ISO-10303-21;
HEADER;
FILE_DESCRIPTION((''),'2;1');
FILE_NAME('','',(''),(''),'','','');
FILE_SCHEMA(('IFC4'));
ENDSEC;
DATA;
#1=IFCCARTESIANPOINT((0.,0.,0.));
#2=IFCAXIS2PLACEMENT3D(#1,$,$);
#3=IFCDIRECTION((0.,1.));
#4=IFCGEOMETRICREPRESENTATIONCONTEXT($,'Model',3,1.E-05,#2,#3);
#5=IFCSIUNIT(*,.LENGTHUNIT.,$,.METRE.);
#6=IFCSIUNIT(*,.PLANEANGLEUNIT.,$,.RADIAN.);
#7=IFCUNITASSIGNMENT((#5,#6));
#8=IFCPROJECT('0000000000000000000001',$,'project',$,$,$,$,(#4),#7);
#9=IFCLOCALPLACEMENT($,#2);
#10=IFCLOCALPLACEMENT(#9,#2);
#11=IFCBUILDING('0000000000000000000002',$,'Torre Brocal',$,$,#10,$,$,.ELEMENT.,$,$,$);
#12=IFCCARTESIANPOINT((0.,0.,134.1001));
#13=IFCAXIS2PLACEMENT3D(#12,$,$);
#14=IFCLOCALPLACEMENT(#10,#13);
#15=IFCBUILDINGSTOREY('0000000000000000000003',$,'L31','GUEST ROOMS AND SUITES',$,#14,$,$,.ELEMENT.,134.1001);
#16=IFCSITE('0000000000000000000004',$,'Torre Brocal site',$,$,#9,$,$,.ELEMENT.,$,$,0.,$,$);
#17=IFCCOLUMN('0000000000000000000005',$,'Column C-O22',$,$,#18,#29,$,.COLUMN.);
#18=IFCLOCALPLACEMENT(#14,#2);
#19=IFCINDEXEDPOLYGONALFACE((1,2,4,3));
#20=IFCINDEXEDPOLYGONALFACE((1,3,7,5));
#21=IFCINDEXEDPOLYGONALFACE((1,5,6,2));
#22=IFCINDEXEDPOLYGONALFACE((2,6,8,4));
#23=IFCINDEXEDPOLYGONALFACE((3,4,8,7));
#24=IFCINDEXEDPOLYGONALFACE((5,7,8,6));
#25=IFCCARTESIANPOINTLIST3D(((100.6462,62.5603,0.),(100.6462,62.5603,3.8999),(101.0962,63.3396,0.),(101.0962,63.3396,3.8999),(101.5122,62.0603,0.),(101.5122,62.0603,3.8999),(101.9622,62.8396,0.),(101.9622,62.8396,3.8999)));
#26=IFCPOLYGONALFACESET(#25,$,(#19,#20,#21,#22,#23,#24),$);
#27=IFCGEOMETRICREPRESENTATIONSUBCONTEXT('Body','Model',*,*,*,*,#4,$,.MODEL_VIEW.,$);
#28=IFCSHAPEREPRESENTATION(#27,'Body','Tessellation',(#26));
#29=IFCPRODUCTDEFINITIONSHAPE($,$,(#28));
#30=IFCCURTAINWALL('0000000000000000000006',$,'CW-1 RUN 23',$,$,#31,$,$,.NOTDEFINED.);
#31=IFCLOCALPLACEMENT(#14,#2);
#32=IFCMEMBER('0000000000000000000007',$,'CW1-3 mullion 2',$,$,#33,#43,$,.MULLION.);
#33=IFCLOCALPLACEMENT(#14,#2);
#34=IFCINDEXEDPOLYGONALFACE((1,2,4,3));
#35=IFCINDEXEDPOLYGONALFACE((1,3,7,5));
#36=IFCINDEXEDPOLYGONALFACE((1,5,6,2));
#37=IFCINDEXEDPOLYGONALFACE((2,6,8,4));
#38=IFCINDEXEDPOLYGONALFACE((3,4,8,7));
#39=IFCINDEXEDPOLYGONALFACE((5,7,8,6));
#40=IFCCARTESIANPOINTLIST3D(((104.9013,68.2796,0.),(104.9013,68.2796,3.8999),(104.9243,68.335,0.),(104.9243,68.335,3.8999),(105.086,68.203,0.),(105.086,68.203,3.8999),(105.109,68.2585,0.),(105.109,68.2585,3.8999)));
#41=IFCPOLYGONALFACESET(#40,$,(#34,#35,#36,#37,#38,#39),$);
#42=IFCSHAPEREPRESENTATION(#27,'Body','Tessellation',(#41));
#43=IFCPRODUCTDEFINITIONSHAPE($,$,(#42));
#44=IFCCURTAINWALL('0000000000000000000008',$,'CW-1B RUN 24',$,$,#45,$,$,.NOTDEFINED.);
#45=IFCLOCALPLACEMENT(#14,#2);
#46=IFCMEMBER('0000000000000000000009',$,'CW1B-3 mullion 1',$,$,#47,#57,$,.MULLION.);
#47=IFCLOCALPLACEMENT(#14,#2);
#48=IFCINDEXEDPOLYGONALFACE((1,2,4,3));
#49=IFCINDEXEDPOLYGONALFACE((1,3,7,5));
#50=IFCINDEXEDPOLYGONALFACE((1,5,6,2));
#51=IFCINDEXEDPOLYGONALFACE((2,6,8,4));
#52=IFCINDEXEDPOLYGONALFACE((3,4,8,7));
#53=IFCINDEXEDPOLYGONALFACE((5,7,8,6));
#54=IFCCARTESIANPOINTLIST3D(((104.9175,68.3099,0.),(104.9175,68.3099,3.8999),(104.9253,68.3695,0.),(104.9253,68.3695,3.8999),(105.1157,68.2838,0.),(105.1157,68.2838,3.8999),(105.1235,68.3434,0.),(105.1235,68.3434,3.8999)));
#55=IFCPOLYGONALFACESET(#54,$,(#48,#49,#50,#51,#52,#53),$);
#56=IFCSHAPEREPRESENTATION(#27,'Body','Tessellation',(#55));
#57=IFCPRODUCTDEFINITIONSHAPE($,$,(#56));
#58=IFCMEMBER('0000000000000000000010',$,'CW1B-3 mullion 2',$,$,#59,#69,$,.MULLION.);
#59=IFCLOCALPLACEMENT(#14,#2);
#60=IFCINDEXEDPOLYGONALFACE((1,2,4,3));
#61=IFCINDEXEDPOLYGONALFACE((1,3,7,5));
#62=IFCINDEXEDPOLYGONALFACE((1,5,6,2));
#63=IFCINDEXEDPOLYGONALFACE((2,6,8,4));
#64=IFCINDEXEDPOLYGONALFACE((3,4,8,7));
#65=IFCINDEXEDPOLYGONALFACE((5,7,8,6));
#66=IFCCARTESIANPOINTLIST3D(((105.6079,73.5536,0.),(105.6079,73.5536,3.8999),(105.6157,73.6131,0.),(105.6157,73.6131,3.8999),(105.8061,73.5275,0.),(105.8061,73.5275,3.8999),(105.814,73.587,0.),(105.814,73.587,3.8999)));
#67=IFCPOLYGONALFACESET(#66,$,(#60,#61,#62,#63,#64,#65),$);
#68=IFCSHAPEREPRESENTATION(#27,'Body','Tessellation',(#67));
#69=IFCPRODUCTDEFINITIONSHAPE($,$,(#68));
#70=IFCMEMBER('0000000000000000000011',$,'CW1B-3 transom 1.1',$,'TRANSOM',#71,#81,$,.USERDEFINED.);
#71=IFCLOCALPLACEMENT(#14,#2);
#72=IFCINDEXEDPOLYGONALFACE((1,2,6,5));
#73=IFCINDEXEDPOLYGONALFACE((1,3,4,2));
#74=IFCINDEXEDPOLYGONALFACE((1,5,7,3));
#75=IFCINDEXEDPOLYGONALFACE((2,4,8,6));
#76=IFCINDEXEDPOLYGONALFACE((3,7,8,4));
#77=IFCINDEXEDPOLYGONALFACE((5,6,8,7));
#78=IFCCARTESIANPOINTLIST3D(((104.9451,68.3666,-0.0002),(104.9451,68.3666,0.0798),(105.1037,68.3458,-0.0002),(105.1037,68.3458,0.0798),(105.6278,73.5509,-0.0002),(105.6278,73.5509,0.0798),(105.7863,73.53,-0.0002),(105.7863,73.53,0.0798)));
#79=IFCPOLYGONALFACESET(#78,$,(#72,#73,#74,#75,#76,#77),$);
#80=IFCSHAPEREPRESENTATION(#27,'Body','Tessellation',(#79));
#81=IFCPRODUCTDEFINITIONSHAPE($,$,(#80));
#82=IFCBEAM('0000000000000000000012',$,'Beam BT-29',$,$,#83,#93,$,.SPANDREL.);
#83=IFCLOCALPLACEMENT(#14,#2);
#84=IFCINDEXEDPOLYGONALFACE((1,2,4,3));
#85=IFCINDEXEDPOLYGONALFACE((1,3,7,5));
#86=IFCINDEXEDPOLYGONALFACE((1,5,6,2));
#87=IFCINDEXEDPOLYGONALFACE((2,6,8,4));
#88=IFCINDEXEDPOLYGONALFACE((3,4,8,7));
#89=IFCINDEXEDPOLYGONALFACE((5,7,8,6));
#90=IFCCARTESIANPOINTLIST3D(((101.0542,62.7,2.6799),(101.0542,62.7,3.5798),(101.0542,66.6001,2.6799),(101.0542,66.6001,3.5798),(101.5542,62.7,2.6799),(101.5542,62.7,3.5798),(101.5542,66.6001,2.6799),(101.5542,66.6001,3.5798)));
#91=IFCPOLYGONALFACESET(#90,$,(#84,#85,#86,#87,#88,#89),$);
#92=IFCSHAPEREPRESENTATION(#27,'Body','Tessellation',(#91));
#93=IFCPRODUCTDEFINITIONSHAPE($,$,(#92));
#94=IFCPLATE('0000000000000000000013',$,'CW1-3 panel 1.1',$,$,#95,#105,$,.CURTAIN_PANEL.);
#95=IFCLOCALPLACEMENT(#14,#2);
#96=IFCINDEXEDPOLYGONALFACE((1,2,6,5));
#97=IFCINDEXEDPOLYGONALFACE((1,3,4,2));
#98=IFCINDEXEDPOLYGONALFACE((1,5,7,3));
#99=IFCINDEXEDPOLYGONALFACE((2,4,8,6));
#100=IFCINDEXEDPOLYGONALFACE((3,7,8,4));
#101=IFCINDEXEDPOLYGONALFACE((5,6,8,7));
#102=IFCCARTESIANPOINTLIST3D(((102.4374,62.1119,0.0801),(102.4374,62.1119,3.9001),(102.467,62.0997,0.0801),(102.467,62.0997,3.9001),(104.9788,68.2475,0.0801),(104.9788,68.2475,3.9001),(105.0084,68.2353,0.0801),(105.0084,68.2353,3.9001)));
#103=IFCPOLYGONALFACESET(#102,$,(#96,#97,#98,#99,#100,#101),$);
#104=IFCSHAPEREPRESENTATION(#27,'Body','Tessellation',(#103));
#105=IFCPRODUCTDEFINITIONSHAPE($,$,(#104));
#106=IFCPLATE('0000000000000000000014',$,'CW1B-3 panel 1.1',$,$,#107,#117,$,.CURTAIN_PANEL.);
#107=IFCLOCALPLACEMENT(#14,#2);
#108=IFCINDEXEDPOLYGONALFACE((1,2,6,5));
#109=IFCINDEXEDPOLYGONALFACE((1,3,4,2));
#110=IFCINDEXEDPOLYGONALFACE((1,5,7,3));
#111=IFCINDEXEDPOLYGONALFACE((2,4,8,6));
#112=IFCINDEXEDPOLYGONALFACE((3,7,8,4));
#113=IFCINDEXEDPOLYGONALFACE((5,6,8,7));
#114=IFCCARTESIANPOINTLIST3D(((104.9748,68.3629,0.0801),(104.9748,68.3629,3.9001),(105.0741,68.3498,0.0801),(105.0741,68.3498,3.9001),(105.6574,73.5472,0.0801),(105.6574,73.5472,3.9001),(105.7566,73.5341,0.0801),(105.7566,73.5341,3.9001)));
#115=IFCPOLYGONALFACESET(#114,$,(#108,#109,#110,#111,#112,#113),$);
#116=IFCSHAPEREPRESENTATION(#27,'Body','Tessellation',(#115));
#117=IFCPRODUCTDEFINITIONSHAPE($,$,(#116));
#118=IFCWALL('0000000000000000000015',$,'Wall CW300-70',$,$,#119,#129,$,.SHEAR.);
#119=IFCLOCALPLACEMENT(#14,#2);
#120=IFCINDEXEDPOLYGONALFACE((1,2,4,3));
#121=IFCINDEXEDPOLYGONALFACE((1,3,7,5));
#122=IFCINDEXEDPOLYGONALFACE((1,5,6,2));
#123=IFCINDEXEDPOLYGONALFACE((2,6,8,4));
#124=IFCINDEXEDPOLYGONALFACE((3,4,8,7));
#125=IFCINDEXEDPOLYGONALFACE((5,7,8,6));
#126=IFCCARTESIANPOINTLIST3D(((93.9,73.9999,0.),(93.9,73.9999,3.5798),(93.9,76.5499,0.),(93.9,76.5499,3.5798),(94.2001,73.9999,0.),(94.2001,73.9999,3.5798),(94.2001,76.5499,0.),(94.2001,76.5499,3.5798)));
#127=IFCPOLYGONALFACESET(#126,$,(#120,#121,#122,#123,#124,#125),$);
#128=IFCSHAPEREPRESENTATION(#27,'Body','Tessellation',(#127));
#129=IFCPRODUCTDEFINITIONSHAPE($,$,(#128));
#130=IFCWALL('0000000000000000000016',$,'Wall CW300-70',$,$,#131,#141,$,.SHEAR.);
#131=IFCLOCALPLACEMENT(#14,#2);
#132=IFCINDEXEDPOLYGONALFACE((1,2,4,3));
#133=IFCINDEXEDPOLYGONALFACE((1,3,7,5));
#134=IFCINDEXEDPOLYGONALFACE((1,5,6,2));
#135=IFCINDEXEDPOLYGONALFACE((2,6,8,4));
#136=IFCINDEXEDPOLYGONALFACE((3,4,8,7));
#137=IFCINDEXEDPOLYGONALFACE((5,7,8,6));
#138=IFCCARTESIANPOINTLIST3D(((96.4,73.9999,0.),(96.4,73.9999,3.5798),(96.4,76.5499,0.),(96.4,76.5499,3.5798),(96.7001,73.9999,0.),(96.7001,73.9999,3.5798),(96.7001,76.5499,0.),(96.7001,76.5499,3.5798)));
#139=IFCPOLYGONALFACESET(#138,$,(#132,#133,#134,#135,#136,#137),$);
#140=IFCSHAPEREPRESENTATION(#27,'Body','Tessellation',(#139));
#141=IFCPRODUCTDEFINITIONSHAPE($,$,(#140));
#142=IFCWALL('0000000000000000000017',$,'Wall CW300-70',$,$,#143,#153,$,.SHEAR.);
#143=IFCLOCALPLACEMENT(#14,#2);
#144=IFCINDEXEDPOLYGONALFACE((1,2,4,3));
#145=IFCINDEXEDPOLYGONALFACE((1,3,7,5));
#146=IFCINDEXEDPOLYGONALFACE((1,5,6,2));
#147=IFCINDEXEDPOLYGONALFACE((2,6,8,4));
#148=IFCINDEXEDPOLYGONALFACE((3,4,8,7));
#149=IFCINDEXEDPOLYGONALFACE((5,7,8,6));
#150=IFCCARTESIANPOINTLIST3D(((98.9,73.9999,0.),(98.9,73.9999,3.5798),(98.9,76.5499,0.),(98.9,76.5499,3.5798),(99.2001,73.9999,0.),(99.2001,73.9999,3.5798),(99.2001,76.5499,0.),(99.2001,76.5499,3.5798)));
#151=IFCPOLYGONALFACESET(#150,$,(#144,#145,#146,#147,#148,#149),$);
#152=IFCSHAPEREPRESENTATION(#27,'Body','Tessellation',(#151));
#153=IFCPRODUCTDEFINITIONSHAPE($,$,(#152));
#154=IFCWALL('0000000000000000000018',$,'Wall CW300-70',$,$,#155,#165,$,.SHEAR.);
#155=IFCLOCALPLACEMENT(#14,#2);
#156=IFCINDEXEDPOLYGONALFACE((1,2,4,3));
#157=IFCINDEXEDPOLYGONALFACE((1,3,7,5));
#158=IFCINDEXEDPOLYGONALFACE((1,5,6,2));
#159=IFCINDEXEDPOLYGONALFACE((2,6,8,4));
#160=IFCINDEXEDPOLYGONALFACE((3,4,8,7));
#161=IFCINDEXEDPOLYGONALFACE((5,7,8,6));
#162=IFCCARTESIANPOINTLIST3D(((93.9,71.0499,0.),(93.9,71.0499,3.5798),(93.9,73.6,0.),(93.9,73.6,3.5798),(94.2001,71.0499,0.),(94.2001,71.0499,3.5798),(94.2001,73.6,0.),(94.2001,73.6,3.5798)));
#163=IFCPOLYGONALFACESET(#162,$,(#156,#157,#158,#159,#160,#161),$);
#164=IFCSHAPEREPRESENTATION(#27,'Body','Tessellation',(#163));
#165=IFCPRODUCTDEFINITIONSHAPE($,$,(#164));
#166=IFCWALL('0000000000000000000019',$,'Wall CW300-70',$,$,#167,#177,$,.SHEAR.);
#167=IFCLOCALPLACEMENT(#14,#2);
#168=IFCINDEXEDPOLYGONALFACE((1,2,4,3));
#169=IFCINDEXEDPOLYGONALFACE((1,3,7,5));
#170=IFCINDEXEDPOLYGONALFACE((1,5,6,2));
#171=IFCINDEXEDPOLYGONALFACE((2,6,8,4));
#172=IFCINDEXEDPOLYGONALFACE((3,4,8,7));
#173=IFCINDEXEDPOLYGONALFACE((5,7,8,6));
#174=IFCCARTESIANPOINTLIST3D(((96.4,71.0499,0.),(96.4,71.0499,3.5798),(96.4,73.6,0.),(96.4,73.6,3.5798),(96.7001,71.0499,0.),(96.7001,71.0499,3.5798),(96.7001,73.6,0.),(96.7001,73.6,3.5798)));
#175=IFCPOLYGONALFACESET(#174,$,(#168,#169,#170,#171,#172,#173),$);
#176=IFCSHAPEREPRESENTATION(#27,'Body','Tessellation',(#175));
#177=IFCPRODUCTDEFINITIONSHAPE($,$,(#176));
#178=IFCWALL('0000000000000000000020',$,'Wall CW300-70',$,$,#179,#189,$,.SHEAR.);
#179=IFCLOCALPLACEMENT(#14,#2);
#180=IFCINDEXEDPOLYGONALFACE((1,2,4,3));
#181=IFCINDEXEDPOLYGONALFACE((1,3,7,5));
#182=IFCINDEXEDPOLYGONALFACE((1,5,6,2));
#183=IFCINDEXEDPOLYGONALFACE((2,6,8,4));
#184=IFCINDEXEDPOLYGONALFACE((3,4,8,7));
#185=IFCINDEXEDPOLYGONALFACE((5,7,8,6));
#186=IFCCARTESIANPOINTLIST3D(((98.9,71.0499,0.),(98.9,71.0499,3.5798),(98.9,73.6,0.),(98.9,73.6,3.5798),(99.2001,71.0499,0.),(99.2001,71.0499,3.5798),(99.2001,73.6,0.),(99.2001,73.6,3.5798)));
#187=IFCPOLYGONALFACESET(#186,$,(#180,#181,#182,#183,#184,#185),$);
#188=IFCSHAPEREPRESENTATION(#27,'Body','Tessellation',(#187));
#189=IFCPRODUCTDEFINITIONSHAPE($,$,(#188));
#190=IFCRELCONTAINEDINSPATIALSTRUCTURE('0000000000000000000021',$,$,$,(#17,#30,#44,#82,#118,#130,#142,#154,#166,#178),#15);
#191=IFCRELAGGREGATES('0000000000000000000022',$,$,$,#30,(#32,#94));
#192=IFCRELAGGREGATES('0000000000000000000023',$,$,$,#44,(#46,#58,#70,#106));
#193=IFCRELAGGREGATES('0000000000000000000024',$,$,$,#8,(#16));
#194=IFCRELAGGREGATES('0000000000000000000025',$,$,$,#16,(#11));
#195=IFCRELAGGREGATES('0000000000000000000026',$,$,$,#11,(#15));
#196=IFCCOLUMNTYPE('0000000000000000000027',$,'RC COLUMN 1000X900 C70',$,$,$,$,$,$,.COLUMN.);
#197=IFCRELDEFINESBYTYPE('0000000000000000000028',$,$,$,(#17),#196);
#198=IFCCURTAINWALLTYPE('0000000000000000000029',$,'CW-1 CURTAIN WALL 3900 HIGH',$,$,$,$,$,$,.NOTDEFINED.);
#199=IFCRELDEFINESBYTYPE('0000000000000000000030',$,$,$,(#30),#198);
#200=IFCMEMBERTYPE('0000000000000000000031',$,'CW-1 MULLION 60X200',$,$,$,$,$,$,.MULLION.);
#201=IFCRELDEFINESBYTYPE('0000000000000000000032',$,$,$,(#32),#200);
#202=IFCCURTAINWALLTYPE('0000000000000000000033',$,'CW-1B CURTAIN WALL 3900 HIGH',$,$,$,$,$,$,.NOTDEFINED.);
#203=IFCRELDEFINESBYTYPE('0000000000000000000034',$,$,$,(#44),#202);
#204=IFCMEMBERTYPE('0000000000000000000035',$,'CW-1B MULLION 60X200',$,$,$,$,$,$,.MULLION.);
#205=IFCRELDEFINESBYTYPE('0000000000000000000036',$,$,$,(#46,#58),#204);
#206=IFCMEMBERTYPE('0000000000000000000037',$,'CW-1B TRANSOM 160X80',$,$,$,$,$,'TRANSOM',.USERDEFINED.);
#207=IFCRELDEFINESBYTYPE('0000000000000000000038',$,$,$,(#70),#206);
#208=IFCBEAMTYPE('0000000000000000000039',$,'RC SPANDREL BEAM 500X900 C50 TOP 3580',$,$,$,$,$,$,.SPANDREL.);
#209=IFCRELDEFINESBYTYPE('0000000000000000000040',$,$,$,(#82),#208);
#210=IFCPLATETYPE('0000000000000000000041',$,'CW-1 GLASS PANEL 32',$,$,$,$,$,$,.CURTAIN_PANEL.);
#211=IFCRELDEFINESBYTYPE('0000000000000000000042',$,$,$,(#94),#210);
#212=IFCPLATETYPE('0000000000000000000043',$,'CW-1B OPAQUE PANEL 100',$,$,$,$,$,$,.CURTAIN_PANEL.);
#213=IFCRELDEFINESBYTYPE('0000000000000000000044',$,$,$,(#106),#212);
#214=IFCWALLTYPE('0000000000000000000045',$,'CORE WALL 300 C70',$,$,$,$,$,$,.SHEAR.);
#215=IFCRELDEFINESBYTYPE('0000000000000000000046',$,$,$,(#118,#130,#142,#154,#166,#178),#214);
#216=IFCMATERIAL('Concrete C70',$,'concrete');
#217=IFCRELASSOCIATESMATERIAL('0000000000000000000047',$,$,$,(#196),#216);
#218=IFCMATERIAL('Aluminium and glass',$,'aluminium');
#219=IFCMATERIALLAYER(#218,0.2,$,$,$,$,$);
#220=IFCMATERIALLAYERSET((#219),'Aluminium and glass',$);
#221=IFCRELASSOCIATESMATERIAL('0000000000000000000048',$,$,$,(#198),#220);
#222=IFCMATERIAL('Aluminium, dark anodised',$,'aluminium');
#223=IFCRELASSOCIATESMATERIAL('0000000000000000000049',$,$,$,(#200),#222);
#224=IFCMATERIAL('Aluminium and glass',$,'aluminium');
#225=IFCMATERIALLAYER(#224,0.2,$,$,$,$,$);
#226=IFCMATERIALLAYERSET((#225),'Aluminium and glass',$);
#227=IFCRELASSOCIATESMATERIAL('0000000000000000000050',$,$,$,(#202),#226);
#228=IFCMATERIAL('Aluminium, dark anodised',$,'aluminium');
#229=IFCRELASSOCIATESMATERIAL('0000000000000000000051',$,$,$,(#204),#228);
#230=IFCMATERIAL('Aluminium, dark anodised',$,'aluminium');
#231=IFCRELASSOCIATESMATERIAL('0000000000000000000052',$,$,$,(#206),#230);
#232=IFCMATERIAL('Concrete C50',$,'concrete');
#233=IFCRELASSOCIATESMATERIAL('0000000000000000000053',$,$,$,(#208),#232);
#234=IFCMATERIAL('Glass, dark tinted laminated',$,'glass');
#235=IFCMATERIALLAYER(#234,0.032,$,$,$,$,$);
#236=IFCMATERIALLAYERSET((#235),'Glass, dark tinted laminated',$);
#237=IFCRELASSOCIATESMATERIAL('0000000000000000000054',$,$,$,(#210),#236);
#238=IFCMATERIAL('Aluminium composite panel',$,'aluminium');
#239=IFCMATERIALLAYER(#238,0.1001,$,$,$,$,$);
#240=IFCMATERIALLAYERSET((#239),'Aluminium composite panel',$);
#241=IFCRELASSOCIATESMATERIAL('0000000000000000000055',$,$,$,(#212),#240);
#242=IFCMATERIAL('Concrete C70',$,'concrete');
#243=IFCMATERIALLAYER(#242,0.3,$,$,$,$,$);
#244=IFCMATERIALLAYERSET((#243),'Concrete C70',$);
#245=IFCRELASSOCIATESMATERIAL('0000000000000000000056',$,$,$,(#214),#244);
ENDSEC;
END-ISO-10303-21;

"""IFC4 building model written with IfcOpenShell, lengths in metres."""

from ifc_helpers import new_model, si_unit, direction, frame, frame_2d, origin, origin_2d, place, context, subcontext, project, spatial, rectangle, extrude, material, layer, layer_set, material_profile, profile_set, type_object, element, aggregate, save


model = new_model("IFC4")

# Units and contexts
model_context = context("Model", 3, precision=1e-05, world=origin(), true_north=direction((0.0, 1.0)))
body_context = subcontext(model_context, "Body", "Model", "MODEL_VIEW")
ifc_project = project(units=[si_unit("LENGTHUNIT", "METRE"), si_unit("PLANEANGLEUNIT", "RADIAN")], contexts=[model_context])

# Site, building, storey
site_placement = place(None, origin())
site = spatial("IfcSite", under=ifc_project, at=site_placement, Name="Torre Brocal site", CompositionType="ELEMENT", RefElevation=0.0)
building_placement = place(site_placement, origin())
building = spatial("IfcBuilding", under=site, at=building_placement, Name="Torre Brocal", CompositionType="ELEMENT")
storey_placement = place(building_placement, frame((0.0, 0.0, 134.1001)))
storey = spatial("IfcBuildingStorey", under=building, at=storey_placement, Name="L31", Description="GUEST ROOMS AND SUITES", CompositionType="ELEMENT", Elevation=134.1001)

# Column
ifc_material_1 = material(Name="Concrete C70", Category="concrete")
ifc_material_profile_1 = material_profile(ifc_material_1, rectangle(XDim=1.0, YDim=0.8999, at=origin_2d()), Name="RC 1000X900")
ifc_profile_set_1 = profile_set([ifc_material_profile_1], Name="Concrete C70")
column_type = type_object("IfcColumnType", Name="RC COLUMN 1000X900 C70", PredefinedType="COLUMN", material=ifc_profile_set_1)
column_placement = place(storey_placement, frame((101.3042, 62.7, 0.0), z_axis=(0.0, 0.0, 1.0), x_axis=(0.866025, -0.5, 0.0)))
element("IfcColumn", 1, at=column_placement, inside=storey, type_object=column_type, Name="Column C-O22", PredefinedType="COLUMN", context=body_context, shape_type="SweptSolid", body=[
    extrude(rectangle(XDim=1.0, YDim=0.8999, at=origin_2d()), origin(), (0.0, 0.0, 1.0), 3.8999),
])

# Curtain wall, member
ifc_material_2 = material(Name="Aluminium and glass", Category="aluminium")
ifc_layer_1 = layer(ifc_material_2, 0.2)
ifc_layer_set_1 = layer_set([ifc_layer_1], Name="Aluminium and glass")
curtain_wall_type_1 = type_object("IfcCurtainWallType", Name="CW-1 CURTAIN WALL 3900 HIGH", PredefinedType="NOTDEFINED", material=ifc_layer_set_1)
curtain_wall_1_placement = place(storey_placement, origin())
curtain_wall_1 = element("IfcCurtainWall", 2, at=curtain_wall_1_placement, inside=storey, type_object=curtain_wall_type_1, Name="CW-1 RUN 23", PredefinedType="NOTDEFINED")
ifc_material_3 = material(Name="Aluminium, dark anodised", Category="aluminium")
ifc_material_profile_2 = material_profile(ifc_material_3, rectangle(XDim=0.2, YDim=0.0601, at=origin_2d()), Name="CW-1 MULLION 60X200")
ifc_profile_set_2 = profile_set([ifc_material_profile_2], Name="Aluminium, dark anodised")
member_type_1 = type_object("IfcMemberType", Name="CW-1 MULLION 60X200", PredefinedType="MULLION", material=ifc_profile_set_2)
member_1_placement = place(storey_placement, frame((105.0051, 68.269, 0.0), z_axis=(0.0, 0.0, 1.0), x_axis=(-0.92388, 0.382683, 0.0)))
member_1 = element("IfcMember", 3, at=member_1_placement, type_object=member_type_1, Name="CW1-3 mullion 2", PredefinedType="MULLION", context=body_context, shape_type="SweptSolid", body=[
    extrude(rectangle(XDim=0.2, YDim=0.0601, at=origin_2d()), origin(), (0.0, 0.0, 1.0), 3.8999),
])

# Curtain wall, members
ifc_material_4 = material(Name="Aluminium and glass", Category="aluminium")
ifc_layer_2 = layer(ifc_material_4, 0.2)
ifc_layer_set_2 = layer_set([ifc_layer_2], Name="Aluminium and glass")
curtain_wall_type_2 = type_object("IfcCurtainWallType", Name="CW-1B CURTAIN WALL 3900 HIGH", PredefinedType="NOTDEFINED", material=ifc_layer_set_2)
curtain_wall_2_placement = place(storey_placement, origin())
curtain_wall_2 = element("IfcCurtainWall", 4, at=curtain_wall_2_placement, inside=storey, type_object=curtain_wall_type_2, Name="CW-1B RUN 24", PredefinedType="NOTDEFINED")
ifc_material_5 = material(Name="Aluminium, dark anodised", Category="aluminium")
ifc_material_profile_3 = material_profile(ifc_material_5, rectangle(XDim=0.2, YDim=0.0601, at=origin_2d()), Name="CW-1B MULLION 60X200")
ifc_profile_set_3 = profile_set([ifc_material_profile_3], Name="Aluminium, dark anodised")
member_type_2 = type_object("IfcMemberType", Name="CW-1B MULLION 60X200", PredefinedType="MULLION", material=ifc_profile_set_3)
member_2_placement = place(storey_placement, frame((105.0205, 68.3267, 0.0), z_axis=(0.0, 0.0, 1.0), x_axis=(-0.991445, 0.130526, 0.0)))
member_2 = element("IfcMember", 5, at=member_2_placement, type_object=member_type_2, Name="CW1B-3 mullion 1", PredefinedType="MULLION", context=body_context, shape_type="SweptSolid", body=[
    extrude(rectangle(XDim=0.2, YDim=0.0601, at=origin_2d()), origin(), (0.0, 0.0, 1.0), 3.8999),
])
member_3_placement = place(storey_placement, frame((105.7109, 73.5703, 0.0), z_axis=(0.0, 0.0, 1.0), x_axis=(-0.991445, 0.130526, 0.0)))
member_3 = element("IfcMember", 6, at=member_3_placement, type_object=member_type_2, Name="CW1B-3 mullion 2", PredefinedType="MULLION", context=body_context, shape_type="SweptSolid", body=[
    extrude(rectangle(XDim=0.2, YDim=0.0601, at=origin_2d()), origin(), (0.0, 0.0, 1.0), 3.8999),
])
ifc_material_6 = material(Name="Aluminium, dark anodised", Category="aluminium")
ifc_material_profile_4 = material_profile(ifc_material_6, rectangle(XDim=0.1599, YDim=0.0801, at=origin_2d()), Name="CW-1B TRANSOM 160X80")
ifc_profile_set_4 = profile_set([ifc_material_profile_4], Name="Aluminium, dark anodised")
member_type_3 = type_object("IfcMemberType", Name="CW-1B TRANSOM 160X80", ElementType="TRANSOM", PredefinedType="USERDEFINED", material=ifc_profile_set_4)
member_4_placement = place(storey_placement, frame((105.0244, 68.3562, 0.0398), z_axis=(0.130543, 0.991443, 0.0), x_axis=(-0.991443, 0.130543, 0.0)))
member_4 = element("IfcMember", 7, at=member_4_placement, type_object=member_type_3, Name="CW1B-3 transom 1.1", ObjectType="TRANSOM", PredefinedType="USERDEFINED", context=body_context, shape_type="SweptSolid", body=[
    extrude(rectangle(XDim=0.1599, YDim=0.0801, at=origin_2d()), origin(), (0.0, 0.0, 1.0), 5.229),
])

# Beam
ifc_material_7 = material(Name="Concrete C50", Category="concrete")
ifc_material_profile_5 = material_profile(ifc_material_7, rectangle(XDim=0.5, YDim=0.8999, at=origin_2d()), Name="RC 500X900")
ifc_profile_set_5 = profile_set([ifc_material_profile_5], Name="Concrete C50")
beam_type = type_object("IfcBeamType", Name="RC SPANDREL BEAM 500X900 C50 TOP 3580", PredefinedType="SPANDREL", material=ifc_profile_set_5)
beam_placement = place(storey_placement, frame((101.3042, 62.7, 3.1299), z_axis=(0.0, 1.0, 0.0), x_axis=(-1.0, 0.0, 0.0)))
element("IfcBeam", 8, at=beam_placement, inside=storey, type_object=beam_type, Name="Beam BT-29", PredefinedType="SPANDREL", context=body_context, shape_type="SweptSolid", body=[
    extrude(rectangle(XDim=0.5, YDim=0.8999, at=origin_2d()), origin(), (0.0, 0.0, 1.0), 3.9001),
])

# Plates
ifc_material_8 = material(Name="Glass, dark tinted laminated", Category="glass")
ifc_layer_3 = layer(ifc_material_8, 0.032)
ifc_layer_set_3 = layer_set([ifc_layer_3], Name="Glass, dark tinted laminated")
plate_type_1 = type_object("IfcPlateType", Name="CW-1 GLASS PANEL 32", PredefinedType="CURTAIN_PANEL", material=ifc_layer_set_3)
plate_1_placement = place(storey_placement, frame((103.7229, 65.1736, 0.0801), z_axis=(0.0, 0.0, 1.0), x_axis=(0.382683, 0.92388, 0.0)))
plate_1 = element("IfcPlate", 9, at=plate_1_placement, type_object=plate_type_1, Name="CW1-3 panel 1.1", PredefinedType="CURTAIN_PANEL", context=body_context, shape_type="SweptSolid", body=[
    extrude(rectangle(XDim=6.6411, YDim=0.032, at=origin_2d()), origin(), (0.0, 0.0, 1.0), 3.8201),
])
aggregate(curtain_wall_1, [member_1, plate_1])
ifc_material_9 = material(Name="Aluminium composite panel", Category="aluminium")
ifc_layer_4 = layer(ifc_material_9, 0.1001)
ifc_layer_set_4 = layer_set([ifc_layer_4], Name="Aluminium composite panel")
plate_type_2 = type_object("IfcPlateType", Name="CW-1B OPAQUE PANEL 100", PredefinedType="CURTAIN_PANEL", material=ifc_layer_set_4)
plate_2_placement = place(storey_placement, frame((105.3657, 70.9485, 0.0801), z_axis=(0.0, 0.0, 1.0), x_axis=(0.130526, 0.991445, 0.0)))
plate_2 = element("IfcPlate", 10, at=plate_2_placement, type_object=plate_type_2, Name="CW1B-3 panel 1.1", PredefinedType="CURTAIN_PANEL", context=body_context, shape_type="SweptSolid", body=[
    extrude(rectangle(XDim=5.229, YDim=0.1001, at=origin_2d()), origin(), (0.0, 0.0, 1.0), 3.8201),
])
aggregate(curtain_wall_2, [member_2, member_3, member_4, plate_2])

# Walls
ifc_material_10 = material(Name="Concrete C70", Category="concrete")
ifc_layer_5 = layer(ifc_material_10, 0.3)
ifc_layer_set_5 = layer_set([ifc_layer_5], Name="Concrete C70")
wall_type_1 = type_object("IfcWallType", Name="CORE WALL 300 C70", PredefinedType="SHEAR", material=ifc_layer_set_5)
for number, where, z_axis, x_axis, name in (
    (11, (94.05, 74.0, 0.0), (0.0, 0.0, 1.0), (0.0, 1.0, 0.0), "Wall CW300-70"),
    (12, (96.55, 74.0, 0.0), (0.0, 0.0, 1.0), (0.0, 1.0, 0.0), "Wall CW300-70"),
    (13, (99.05, 74.0, 0.0), (0.0, 0.0, 1.0), (0.0, 1.0, 0.0), "Wall CW300-70"),
    (14, (94.05, 71.05, 0.0), (0.0, 0.0, 1.0), (0.0, 1.0, 0.0), "Wall CW300-70"),
    (15, (96.55, 71.05, 0.0), (0.0, 0.0, 1.0), (0.0, 1.0, 0.0), "Wall CW300-70"),
    (16, (99.05, 71.05, 0.0), (0.0, 0.0, 1.0), (0.0, 1.0, 0.0), "Wall CW300-70"),
):
    element("IfcWall", number, at=place(storey_placement, frame(where, z_axis=z_axis, x_axis=x_axis)), inside=storey, type_object=wall_type_1, Name=name, PredefinedType="SHEAR", context=body_context, shape_type="SweptSolid", body=[
        extrude(rectangle(XDim=2.55, YDim=0.3, at=frame_2d((1.2749, 0.0))), origin(), (0.0, 0.0, 1.0), 3.5798),
    ])

save(model, "model.ifc")
